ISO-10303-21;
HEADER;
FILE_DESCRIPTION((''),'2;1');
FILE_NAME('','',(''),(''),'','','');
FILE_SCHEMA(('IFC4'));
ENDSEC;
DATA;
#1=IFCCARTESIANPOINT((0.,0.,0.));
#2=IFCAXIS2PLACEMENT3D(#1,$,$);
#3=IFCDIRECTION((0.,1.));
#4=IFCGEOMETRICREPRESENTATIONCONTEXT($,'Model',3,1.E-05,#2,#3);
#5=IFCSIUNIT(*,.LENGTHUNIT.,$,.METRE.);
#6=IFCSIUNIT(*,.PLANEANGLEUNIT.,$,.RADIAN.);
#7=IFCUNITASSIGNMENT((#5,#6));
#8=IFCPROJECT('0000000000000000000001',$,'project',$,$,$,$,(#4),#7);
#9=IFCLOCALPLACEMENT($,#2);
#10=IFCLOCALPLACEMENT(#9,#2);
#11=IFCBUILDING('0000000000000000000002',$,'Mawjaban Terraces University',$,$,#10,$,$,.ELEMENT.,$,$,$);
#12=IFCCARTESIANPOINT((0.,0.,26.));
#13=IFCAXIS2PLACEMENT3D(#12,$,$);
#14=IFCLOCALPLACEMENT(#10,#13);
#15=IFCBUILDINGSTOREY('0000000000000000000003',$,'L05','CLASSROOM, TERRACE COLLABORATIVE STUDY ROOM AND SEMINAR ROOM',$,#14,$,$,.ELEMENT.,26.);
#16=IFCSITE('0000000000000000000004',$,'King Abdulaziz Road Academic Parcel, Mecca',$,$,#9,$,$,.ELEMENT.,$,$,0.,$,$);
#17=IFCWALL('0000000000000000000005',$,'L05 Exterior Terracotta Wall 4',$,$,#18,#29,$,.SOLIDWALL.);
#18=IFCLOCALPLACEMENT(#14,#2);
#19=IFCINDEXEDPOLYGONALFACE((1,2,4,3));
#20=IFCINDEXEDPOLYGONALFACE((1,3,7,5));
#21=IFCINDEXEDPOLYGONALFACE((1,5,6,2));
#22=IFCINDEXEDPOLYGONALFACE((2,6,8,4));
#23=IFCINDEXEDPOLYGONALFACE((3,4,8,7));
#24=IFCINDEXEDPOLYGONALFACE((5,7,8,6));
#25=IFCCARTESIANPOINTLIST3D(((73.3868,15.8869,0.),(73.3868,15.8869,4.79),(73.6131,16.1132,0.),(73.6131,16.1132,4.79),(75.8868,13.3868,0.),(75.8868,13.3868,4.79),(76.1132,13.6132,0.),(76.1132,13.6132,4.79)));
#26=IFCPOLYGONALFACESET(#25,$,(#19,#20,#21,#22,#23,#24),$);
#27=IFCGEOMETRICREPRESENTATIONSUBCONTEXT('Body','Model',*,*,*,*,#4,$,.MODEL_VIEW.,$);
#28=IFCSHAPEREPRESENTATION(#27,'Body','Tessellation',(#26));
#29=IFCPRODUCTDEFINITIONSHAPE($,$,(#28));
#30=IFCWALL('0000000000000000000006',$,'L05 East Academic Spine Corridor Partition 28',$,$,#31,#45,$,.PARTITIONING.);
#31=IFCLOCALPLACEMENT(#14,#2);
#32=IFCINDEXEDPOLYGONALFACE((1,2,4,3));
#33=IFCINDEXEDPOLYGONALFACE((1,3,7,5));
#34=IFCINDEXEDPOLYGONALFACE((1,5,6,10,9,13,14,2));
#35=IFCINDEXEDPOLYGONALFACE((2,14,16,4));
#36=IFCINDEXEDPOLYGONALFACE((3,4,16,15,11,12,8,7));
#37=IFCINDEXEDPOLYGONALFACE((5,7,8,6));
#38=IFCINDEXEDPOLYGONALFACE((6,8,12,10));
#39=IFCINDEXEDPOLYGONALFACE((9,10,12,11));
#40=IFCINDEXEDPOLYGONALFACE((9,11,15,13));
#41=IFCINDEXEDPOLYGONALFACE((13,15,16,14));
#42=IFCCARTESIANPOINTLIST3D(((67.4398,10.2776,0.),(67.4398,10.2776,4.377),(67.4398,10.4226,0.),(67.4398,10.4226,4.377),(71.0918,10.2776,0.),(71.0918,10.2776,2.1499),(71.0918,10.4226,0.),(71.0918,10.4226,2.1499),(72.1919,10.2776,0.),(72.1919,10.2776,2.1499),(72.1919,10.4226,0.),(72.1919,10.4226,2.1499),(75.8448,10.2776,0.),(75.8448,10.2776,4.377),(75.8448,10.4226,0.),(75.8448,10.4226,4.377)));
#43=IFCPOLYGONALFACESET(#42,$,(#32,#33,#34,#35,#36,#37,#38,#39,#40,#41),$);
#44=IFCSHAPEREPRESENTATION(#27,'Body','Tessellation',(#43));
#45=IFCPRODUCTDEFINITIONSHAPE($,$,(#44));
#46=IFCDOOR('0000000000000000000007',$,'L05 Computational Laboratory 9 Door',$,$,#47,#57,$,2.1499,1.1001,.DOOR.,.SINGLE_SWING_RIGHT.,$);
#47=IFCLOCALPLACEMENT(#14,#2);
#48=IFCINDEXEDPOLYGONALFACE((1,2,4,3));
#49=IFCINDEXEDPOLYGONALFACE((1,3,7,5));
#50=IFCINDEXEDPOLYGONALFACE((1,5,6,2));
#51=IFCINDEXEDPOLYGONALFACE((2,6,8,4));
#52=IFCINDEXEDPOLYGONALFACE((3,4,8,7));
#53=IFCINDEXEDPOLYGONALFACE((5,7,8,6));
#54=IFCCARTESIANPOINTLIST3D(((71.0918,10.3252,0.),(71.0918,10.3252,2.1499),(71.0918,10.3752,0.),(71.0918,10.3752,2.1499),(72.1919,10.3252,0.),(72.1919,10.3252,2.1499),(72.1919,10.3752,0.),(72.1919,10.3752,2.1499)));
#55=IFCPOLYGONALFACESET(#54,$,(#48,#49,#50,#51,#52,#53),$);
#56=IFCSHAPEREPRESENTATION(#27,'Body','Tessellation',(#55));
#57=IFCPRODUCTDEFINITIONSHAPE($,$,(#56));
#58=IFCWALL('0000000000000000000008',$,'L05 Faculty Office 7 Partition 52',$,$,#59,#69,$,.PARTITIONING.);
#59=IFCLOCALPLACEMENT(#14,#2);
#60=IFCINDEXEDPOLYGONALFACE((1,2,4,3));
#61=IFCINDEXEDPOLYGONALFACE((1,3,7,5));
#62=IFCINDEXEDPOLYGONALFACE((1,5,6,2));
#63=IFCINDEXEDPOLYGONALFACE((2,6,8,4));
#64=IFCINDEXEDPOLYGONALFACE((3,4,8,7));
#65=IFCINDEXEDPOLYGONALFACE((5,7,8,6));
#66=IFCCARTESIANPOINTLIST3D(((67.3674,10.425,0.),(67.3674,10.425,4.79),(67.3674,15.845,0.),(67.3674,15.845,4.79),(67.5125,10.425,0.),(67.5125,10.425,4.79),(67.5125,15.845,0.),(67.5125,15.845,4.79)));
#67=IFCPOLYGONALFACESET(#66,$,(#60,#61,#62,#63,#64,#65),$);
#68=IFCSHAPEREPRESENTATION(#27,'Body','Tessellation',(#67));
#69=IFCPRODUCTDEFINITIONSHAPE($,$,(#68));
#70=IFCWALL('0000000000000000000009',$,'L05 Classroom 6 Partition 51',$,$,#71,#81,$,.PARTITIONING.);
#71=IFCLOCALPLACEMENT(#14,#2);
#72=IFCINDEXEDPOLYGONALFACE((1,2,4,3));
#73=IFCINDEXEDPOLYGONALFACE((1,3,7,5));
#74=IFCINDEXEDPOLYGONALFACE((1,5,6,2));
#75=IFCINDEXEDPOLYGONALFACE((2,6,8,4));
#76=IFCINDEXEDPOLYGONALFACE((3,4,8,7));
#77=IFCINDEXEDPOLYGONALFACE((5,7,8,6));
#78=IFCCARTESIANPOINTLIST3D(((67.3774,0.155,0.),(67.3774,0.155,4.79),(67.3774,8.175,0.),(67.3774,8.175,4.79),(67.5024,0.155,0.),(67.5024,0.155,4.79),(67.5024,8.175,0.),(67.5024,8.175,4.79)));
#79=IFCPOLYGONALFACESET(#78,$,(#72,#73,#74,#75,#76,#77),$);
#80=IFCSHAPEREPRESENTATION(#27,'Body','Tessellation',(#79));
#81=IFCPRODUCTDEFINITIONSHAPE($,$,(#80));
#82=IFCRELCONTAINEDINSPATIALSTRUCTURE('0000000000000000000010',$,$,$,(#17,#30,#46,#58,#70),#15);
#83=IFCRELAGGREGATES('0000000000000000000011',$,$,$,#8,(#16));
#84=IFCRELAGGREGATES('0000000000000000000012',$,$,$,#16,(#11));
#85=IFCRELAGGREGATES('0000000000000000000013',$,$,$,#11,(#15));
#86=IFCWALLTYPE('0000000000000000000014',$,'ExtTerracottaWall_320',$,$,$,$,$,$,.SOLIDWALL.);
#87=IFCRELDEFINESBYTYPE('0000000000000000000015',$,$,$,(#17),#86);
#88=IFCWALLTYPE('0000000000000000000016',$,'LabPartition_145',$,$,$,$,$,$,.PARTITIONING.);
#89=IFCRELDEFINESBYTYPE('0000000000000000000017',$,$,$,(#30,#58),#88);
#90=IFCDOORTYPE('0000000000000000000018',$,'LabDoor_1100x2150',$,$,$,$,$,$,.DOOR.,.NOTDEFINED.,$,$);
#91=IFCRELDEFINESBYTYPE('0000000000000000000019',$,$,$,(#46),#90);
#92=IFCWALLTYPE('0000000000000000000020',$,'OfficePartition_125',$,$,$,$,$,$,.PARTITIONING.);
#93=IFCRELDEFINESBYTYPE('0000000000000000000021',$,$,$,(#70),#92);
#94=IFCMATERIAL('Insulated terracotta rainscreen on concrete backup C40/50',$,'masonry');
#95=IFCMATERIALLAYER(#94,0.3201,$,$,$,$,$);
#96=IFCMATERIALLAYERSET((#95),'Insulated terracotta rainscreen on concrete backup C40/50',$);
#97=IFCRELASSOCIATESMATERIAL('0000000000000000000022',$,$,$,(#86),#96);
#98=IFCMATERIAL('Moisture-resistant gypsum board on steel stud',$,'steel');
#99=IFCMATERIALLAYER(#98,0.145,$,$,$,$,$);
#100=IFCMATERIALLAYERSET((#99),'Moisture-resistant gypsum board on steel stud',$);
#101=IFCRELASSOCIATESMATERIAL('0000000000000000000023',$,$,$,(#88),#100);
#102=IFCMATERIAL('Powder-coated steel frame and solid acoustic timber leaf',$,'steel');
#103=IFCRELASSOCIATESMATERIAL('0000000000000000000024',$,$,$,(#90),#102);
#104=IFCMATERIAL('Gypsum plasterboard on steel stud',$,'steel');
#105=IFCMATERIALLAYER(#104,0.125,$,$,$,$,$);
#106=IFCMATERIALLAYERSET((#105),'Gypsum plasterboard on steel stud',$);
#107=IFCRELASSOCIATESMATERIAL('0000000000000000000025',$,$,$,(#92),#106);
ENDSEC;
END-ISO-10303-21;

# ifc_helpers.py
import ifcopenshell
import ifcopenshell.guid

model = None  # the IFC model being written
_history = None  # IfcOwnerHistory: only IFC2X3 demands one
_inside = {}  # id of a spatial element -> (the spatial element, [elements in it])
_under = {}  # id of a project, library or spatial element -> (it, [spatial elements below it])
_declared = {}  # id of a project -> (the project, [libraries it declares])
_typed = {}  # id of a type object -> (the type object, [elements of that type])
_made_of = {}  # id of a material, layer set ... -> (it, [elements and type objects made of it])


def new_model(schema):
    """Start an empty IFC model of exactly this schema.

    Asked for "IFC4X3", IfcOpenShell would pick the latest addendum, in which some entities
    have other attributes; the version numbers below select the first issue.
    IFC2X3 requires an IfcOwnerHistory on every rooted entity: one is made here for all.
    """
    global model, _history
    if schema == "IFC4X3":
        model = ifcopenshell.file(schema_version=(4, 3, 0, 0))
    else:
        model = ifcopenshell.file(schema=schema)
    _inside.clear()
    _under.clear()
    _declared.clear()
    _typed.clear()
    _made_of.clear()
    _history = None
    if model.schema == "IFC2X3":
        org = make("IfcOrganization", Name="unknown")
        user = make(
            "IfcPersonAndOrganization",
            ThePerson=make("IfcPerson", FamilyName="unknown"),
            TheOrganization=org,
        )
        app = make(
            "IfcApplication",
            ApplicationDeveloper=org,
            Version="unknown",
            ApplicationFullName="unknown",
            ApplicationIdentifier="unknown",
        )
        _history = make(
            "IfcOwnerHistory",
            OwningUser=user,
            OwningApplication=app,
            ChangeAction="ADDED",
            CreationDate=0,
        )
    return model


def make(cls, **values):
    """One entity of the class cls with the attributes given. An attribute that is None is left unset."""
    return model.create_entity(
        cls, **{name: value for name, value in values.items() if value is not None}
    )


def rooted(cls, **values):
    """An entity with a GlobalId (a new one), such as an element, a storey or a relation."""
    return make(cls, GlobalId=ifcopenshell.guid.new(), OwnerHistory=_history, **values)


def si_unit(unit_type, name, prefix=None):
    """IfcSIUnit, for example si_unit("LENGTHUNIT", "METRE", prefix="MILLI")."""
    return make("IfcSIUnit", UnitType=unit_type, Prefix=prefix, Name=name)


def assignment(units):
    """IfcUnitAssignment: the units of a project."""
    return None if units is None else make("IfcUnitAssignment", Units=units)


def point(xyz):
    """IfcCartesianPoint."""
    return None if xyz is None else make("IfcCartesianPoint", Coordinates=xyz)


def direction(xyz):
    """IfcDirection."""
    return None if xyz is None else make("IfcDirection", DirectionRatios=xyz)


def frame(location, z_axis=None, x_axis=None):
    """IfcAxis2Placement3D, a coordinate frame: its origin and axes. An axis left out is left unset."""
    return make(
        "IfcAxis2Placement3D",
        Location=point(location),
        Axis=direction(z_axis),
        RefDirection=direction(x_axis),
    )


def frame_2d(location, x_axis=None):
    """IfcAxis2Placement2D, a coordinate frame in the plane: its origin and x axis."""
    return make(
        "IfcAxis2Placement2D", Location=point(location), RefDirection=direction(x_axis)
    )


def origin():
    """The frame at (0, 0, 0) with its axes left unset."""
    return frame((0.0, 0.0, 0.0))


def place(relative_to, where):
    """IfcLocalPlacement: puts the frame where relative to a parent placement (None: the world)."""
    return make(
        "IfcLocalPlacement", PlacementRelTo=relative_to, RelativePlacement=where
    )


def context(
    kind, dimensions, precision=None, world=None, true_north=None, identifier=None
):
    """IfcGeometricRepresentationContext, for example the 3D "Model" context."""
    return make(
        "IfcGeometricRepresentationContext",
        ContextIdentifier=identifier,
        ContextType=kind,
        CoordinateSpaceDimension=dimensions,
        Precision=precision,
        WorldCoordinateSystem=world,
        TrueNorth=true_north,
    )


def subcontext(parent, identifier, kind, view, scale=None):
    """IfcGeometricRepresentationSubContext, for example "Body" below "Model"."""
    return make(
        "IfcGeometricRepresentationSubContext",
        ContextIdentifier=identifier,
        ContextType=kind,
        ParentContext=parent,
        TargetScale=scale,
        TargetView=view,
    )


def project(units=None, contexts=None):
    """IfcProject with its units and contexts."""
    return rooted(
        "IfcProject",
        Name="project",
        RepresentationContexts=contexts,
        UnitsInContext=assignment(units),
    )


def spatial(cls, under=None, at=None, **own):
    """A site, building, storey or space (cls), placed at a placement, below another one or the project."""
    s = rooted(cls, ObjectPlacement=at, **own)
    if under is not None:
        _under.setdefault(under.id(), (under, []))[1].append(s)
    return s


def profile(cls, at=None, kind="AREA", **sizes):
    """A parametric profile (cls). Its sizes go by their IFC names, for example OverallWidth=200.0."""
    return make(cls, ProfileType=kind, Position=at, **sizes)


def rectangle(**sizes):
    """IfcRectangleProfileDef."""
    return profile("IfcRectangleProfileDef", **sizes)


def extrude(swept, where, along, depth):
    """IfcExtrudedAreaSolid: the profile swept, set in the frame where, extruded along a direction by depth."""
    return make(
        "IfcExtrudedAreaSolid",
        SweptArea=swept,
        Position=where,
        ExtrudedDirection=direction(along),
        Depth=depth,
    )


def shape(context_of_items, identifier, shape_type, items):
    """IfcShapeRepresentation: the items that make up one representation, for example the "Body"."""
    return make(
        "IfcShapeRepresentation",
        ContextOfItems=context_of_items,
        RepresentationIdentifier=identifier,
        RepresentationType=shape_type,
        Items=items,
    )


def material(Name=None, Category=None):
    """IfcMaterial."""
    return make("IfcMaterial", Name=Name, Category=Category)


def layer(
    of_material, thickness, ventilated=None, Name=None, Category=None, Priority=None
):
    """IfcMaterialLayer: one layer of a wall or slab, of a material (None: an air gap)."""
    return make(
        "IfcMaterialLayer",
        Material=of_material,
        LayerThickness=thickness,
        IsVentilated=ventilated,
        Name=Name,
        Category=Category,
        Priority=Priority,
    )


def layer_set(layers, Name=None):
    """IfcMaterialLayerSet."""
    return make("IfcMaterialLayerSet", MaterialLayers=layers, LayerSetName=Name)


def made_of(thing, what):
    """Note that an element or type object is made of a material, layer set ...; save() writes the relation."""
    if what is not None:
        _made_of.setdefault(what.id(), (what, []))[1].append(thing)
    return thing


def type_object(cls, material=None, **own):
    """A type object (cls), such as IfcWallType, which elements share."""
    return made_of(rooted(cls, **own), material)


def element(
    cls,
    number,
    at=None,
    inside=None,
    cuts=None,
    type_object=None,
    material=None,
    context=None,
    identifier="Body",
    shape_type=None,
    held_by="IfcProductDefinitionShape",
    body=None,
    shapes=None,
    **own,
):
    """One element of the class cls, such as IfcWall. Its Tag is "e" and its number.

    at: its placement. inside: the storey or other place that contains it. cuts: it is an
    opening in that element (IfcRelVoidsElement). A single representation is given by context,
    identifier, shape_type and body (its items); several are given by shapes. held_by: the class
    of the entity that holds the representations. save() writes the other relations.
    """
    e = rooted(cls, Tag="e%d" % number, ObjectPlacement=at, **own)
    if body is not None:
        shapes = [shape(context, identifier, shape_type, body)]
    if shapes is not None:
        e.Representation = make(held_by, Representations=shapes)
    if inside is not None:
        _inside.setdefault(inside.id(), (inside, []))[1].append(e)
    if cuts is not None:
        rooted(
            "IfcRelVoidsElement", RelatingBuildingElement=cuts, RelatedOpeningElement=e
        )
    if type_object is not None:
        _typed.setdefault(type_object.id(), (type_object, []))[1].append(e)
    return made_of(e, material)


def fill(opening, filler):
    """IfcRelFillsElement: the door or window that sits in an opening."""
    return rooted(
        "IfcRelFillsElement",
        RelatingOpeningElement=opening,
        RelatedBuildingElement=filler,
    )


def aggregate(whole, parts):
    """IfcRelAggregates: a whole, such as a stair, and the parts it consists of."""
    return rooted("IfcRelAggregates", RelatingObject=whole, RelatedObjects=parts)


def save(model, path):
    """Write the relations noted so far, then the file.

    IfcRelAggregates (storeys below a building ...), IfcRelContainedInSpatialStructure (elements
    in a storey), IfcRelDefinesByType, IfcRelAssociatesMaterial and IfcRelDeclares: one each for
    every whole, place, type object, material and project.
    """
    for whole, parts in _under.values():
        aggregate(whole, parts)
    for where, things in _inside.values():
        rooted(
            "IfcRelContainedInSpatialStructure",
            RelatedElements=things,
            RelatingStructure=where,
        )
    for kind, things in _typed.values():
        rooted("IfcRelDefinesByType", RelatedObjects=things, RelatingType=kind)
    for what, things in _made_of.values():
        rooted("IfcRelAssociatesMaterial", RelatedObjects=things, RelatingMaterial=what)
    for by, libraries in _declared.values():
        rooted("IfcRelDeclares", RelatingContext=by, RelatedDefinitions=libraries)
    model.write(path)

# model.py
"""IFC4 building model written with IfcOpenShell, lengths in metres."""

from ifc_helpers import new_model, si_unit, direction, frame, frame_2d, origin, place, context, subcontext, project, spatial, rectangle, extrude, material, layer, layer_set, type_object, element, fill, save


model = new_model("IFC4")

# Units and contexts
model_context = context("Model", 3, precision=1e-05, world=origin(), true_north=direction((0.0, 1.0)))
body_context = subcontext(model_context, "Body", "Model", "MODEL_VIEW")
ifc_project = project(units=[si_unit("LENGTHUNIT", "METRE"), si_unit("PLANEANGLEUNIT", "RADIAN")], contexts=[model_context])

# Site, building, storey
site_placement = place(None, origin())
site = spatial("IfcSite", under=ifc_project, at=site_placement, Name="King Abdulaziz Road Academic Parcel, Mecca", CompositionType="ELEMENT", RefElevation=0.0)
building_placement = place(site_placement, origin())
building = spatial("IfcBuilding", under=site, at=building_placement, Name="Mawjaban Terraces University", CompositionType="ELEMENT")
storey_placement = place(building_placement, frame((0.0, 0.0, 26.0)))
storey = spatial("IfcBuildingStorey", under=building, at=storey_placement, Name="L05", Description="CLASSROOM, TERRACE COLLABORATIVE STUDY ROOM AND SEMINAR ROOM", CompositionType="ELEMENT", Elevation=26.0)

# Shared definitions
ifc_material_1 = material(Name="Powder-coated steel frame and solid acoustic timber leaf", Category="steel")

# Shared definitions
ifc_material_2 = material(Name="Insulated terracotta rainscreen on concrete backup C40/50", Category="masonry")
ifc_layer_1 = layer(ifc_material_2, 0.3201)
ifc_layer_set_1 = layer_set([ifc_layer_1], Name="Insulated terracotta rainscreen on concrete backup C40/50")
wall_type_1 = type_object("IfcWallType", Name="ExtTerracottaWall_320", PredefinedType="SOLIDWALL", material=ifc_layer_set_1)

# Wall
wall_1_placement = place(storey_placement, frame((76.0, 13.5, 0.0), z_axis=(0.0, 0.0, 1.0), x_axis=(-0.707107, 0.707107, 0.0)))
element("IfcWall", 1, at=wall_1_placement, inside=storey, type_object=wall_type_1, Name="L05 Exterior Terracotta Wall 4", PredefinedType="SOLIDWALL", context=body_context, shape_type="SweptSolid", body=[
    extrude(rectangle(XDim=3.5356, YDim=0.3201, at=frame_2d((1.7678, 0.0))), origin(), (0.0, 0.0, 1.0), 4.79),
])

# Wall, opening, door
ifc_material_3 = material(Name="Moisture-resistant gypsum board on steel stud", Category="steel")
ifc_layer_2 = layer(ifc_material_3, 0.145)
ifc_layer_set_2 = layer_set([ifc_layer_2], Name="Moisture-resistant gypsum board on steel stud")
wall_type_2 = type_object("IfcWallType", Name="LabPartition_145", PredefinedType="PARTITIONING", material=ifc_layer_set_2)
wall_2_placement = place(storey_placement, frame((75.845, 10.3501, 0.0), z_axis=(0.0, 0.0, 1.0), x_axis=(-1.0, 0.0, 0.0)))
wall_2 = element("IfcWall", 2, at=wall_2_placement, inside=storey, type_object=wall_type_2, Name="L05 East Academic Spine Corridor Partition 28", PredefinedType="PARTITIONING", context=body_context, shape_type="SweptSolid", body=[
    extrude(rectangle(XDim=8.405, YDim=0.145, at=frame_2d((4.2026, 0.0))), origin(), (0.0, 0.0, 1.0), 4.377),
])
opening_1_placement = place(wall_2_placement, frame((3.6531, 0.0, 0.0)))
opening_1 = element("IfcOpeningElement", 3, at=opening_1_placement, cuts=wall_2, PredefinedType="OPENING", context=body_context, shape_type="SweptSolid", body=[
    extrude(rectangle(XDim=1.1001, YDim=2.1499, at=frame_2d((0.55, 1.075))), frame((0.0, 0.0825, 0.0), z_axis=(0.0, -1.0, 0.0), x_axis=(1.0, 0.0, 0.0)), (0.0, 0.0, 1.0), 0.165),
])
door_type_1 = type_object("IfcDoorType", Name="LabDoor_1100x2150", OperationType="NOTDEFINED", PredefinedType="DOOR", material=ifc_material_1)
door_1_placement = place(opening_1_placement, origin())
door_1 = element("IfcDoor", 4, at=door_1_placement, inside=storey, type_object=door_type_1, Name="L05 Computational Laboratory 9 Door", OperationType="SINGLE_SWING_RIGHT", OverallHeight=2.1499, OverallWidth=1.1001, PredefinedType="DOOR", context=body_context, shape_type="SweptSolid", body=[
    extrude(rectangle(XDim=1.1001, YDim=2.1499, at=frame_2d((0.55, 1.075))), frame((0.0, 0.0249, 0.0), z_axis=(0.0, -1.0, 0.0), x_axis=(1.0, 0.0, 0.0)), (0.0, 0.0, 1.0), 0.05),
])
fill(opening_1, door_1)

# Walls
wall_3_placement = place(storey_placement, frame((67.4399, 10.425, 0.0), z_axis=(0.0, 0.0, 1.0), x_axis=(0.0, 1.0, 0.0)))
element("IfcWall", 5, at=wall_3_placement, inside=storey, type_object=wall_type_2, Name="L05 Faculty Office 7 Partition 52", PredefinedType="PARTITIONING", context=body_context, shape_type="SweptSolid", body=[
    extrude(rectangle(XDim=5.4199, YDim=0.145, at=frame_2d((2.71, 0.0))), origin(), (0.0, 0.0, 1.0), 4.79),
])
ifc_material_4 = material(Name="Gypsum plasterboard on steel stud", Category="steel")
ifc_layer_3 = layer(ifc_material_4, 0.125)
ifc_layer_set_3 = layer_set([ifc_layer_3], Name="Gypsum plasterboard on steel stud")
wall_type_3 = type_object("IfcWallType", Name="OfficePartition_125", PredefinedType="PARTITIONING", material=ifc_layer_set_3)
wall_4_placement = place(storey_placement, frame((67.4399, 0.155, 0.0), z_axis=(0.0, 0.0, 1.0), x_axis=(0.0, 1.0, 0.0)))
element("IfcWall", 6, at=wall_4_placement, inside=storey, type_object=wall_type_3, Name="L05 Classroom 6 Partition 51", PredefinedType="PARTITIONING", context=body_context, shape_type="SweptSolid", body=[
    extrude(rectangle(XDim=8.02, YDim=0.125, at=frame_2d((4.01, 0.0))), origin(), (0.0, 0.0, 1.0), 4.79),
])

save(model, "model.ifc")
